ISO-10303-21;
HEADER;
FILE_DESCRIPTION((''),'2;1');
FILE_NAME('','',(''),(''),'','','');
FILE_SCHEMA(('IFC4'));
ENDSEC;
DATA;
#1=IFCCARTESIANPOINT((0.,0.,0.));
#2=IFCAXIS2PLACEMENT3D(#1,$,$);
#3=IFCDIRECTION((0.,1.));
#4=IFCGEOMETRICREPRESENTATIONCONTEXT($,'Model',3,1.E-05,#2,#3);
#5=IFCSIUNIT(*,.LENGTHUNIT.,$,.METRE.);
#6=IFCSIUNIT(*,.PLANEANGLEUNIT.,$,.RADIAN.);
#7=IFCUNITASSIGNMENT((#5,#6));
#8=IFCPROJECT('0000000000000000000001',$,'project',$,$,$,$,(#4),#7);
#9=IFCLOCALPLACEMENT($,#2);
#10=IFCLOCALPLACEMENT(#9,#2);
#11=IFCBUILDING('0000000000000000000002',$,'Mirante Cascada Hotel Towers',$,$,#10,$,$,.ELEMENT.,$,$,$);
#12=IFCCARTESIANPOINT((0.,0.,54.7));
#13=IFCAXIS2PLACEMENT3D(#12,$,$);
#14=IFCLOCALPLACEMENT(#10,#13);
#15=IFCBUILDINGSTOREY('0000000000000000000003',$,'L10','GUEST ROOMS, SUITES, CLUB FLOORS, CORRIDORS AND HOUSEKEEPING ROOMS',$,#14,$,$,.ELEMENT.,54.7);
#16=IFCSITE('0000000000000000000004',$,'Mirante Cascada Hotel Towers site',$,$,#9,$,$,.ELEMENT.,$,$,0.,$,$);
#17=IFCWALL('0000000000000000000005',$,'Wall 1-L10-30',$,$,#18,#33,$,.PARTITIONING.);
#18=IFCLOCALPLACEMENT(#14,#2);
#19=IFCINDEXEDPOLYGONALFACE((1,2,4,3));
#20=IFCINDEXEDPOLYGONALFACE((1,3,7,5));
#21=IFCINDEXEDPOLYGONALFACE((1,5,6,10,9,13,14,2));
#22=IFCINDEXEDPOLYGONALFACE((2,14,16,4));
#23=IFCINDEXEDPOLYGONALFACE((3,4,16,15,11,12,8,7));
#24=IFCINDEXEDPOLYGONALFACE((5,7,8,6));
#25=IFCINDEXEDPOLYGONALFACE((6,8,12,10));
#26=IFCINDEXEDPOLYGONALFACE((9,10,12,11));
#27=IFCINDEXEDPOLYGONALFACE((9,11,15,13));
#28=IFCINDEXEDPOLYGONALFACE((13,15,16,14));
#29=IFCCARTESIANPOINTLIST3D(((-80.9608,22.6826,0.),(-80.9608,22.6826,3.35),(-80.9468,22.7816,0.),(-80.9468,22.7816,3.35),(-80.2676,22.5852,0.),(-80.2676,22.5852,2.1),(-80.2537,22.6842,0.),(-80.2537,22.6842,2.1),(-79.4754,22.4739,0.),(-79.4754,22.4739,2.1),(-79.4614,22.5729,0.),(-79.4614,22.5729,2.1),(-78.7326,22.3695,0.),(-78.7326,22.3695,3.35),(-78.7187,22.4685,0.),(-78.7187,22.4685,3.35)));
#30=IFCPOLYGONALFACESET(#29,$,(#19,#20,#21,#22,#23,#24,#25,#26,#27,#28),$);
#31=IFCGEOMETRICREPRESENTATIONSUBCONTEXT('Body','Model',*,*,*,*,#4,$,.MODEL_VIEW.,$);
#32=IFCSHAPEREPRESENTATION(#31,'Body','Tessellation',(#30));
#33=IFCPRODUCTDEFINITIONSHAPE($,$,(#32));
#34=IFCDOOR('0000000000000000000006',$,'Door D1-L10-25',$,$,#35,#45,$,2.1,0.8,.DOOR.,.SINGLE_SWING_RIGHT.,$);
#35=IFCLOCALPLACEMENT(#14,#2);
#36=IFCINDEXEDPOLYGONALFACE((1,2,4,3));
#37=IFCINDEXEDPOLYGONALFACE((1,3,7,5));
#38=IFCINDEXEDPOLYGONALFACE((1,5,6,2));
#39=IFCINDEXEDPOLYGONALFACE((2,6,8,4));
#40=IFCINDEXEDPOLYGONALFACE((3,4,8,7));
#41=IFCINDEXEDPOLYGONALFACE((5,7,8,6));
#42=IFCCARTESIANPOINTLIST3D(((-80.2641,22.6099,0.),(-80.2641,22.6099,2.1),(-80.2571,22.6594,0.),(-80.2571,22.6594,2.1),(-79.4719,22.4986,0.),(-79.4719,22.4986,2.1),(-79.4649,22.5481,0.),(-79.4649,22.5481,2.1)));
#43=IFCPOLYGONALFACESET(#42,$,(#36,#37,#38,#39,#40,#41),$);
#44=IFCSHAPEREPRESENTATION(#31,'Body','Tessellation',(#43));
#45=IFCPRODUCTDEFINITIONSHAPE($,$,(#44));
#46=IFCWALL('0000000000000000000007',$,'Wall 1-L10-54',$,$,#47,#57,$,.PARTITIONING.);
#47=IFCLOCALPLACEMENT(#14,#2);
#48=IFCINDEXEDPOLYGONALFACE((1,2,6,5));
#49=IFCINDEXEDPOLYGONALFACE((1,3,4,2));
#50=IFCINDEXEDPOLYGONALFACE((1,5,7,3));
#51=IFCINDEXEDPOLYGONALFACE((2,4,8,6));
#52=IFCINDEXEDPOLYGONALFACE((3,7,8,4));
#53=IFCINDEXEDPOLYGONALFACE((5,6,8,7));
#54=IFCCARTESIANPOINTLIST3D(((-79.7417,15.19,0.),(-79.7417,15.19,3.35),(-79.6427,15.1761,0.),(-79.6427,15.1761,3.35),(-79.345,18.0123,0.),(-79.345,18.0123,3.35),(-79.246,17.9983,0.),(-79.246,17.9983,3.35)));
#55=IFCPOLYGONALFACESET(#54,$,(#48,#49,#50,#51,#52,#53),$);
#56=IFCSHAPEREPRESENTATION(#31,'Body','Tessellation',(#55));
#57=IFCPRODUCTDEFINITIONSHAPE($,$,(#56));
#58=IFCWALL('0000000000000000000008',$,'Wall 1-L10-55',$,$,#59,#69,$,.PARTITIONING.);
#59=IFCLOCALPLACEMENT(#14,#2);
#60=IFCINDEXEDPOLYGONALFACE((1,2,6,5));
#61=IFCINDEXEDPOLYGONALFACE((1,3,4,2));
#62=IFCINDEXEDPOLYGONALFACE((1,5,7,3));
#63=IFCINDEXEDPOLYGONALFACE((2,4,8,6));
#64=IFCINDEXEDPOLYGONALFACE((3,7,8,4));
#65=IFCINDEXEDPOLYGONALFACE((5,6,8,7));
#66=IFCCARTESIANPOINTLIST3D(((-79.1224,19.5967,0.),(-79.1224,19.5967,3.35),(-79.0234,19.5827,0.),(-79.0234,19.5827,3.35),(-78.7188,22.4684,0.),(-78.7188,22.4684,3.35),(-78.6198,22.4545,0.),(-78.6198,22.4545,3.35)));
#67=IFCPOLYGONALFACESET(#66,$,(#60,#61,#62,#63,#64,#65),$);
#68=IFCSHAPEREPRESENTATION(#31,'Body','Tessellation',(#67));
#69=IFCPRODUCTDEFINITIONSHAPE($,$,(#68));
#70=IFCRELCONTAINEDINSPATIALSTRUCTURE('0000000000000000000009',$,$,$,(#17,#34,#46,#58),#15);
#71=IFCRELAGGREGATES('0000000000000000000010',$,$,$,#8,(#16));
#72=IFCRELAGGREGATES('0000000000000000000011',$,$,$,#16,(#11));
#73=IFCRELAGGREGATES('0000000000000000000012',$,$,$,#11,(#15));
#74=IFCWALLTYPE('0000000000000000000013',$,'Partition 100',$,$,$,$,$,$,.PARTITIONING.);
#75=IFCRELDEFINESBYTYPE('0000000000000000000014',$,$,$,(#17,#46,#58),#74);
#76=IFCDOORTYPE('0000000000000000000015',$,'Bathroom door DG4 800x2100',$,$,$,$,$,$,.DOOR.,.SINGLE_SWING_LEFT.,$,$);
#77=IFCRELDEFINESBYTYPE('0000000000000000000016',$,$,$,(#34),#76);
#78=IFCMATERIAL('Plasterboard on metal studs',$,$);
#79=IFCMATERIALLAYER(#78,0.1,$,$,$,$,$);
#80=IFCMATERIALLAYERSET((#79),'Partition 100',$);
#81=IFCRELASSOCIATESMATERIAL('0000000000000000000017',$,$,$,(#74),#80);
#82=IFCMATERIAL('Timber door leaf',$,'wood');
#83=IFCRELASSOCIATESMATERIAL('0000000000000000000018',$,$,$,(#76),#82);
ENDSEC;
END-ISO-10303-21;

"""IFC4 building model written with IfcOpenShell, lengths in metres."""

from ifc_helpers import new_model, si_unit, direction, frame, frame_2d, origin, place, context, subcontext, project, spatial, rectangle, extrude, material, layer, layer_set, type_object, element, fill, save


model = new_model("IFC4")

# Units and contexts
model_context = context("Model", 3, precision=1e-05, world=origin(), true_north=direction((0.0, 1.0)))
body_context = subcontext(model_context, "Body", "Model", "MODEL_VIEW")
ifc_project = project(units=[si_unit("LENGTHUNIT", "METRE"), si_unit("PLANEANGLEUNIT", "RADIAN")], contexts=[model_context])

# Site, building, storey
site_placement = place(None, origin())
site = spatial("IfcSite", under=ifc_project, at=site_placement, Name="Mirante Cascada Hotel Towers site", CompositionType="ELEMENT", RefElevation=0.0)
building_placement = place(site_placement, origin())
building = spatial("IfcBuilding", under=site, at=building_placement, Name="Mirante Cascada Hotel Towers", CompositionType="ELEMENT")
storey_placement = place(building_placement, frame((0.0, 0.0, 54.7)))
storey = spatial("IfcBuildingStorey", under=building, at=storey_placement, Name="L10", Description="GUEST ROOMS, SUITES, CLUB FLOORS, CORRIDORS AND HOUSEKEEPING ROOMS", CompositionType="ELEMENT", Elevation=54.7)

# Shared definitions
ifc_material_1 = material(Name="Plasterboard on metal studs")
ifc_layer_1 = layer(ifc_material_1, 0.1)
ifc_layer_set_1 = layer_set([ifc_layer_1], Name="Partition 100")
wall_type_1 = type_object("IfcWallType", Name="Partition 100", PredefinedType="PARTITIONING", material=ifc_layer_set_1)
ifc_material_2 = material(Name="Timber door leaf", Category="wood")
door_type = type_object("IfcDoorType", Name="Bathroom door DG4 800x2100", OperationType="SINGLE_SWING_LEFT", PredefinedType="DOOR", material=ifc_material_2)

# Wall, opening, door
wall_1_placement = place(storey_placement, frame((-80.9538, 22.7321, 0.0), z_axis=(0.0, 0.0, 1.0), x_axis=(0.990271, -0.139156, 0.0)))
wall_1 = element("IfcWall", 1, at=wall_1_placement, inside=storey, type_object=wall_type_1, Name="Wall 1-L10-30", PredefinedType="PARTITIONING", context=body_context, shape_type="SweptSolid", body=[
    extrude(rectangle(XDim=2.25, YDim=0.1, at=frame_2d((1.125, 0.0))), origin(), (0.0, 0.0, 1.0), 3.35),
])
opening_1_placement = place(wall_1_placement, frame((0.7, 0.0, 0.0)))
opening_1 = element("IfcOpeningElement", 2, at=opening_1_placement, cuts=wall_1, PredefinedType="OPENING", context=body_context, shape_type="SweptSolid", body=[
    extrude(rectangle(XDim=0.8, YDim=2.1, at=frame_2d((0.4, 1.05))), frame((0.0, 0.05, 0.0), z_axis=(0.0, -1.0, 0.0), x_axis=(1.0, 0.0, 0.0)), (0.0, 0.0, 1.0), 0.1),
])
door_1_placement = place(opening_1_placement, frame((0.8, 0.0, 0.0), z_axis=(0.0, 0.0, 1.0), x_axis=(-1.0, 0.0, 0.0)))
door_1 = element("IfcDoor", 3, at=door_1_placement, inside=storey, type_object=door_type, Name="Door D1-L10-25", OperationType="SINGLE_SWING_RIGHT", OverallHeight=2.1, OverallWidth=0.8, PredefinedType="DOOR", context=body_context, shape_type="SweptSolid", body=[
    extrude(rectangle(XDim=0.8, YDim=2.1, at=frame_2d((0.4, 1.05))), frame((0.0, 0.025, 0.0), z_axis=(0.0, -1.0, 0.0), x_axis=(1.0, 0.0, 0.0)), (0.0, 0.0, 1.0), 0.05),
])
fill(opening_1, door_1)

# Walls
wall_2_placement = place(storey_placement, frame((-79.2955, 18.0053, 0.0), z_axis=(0.0, 0.0, 1.0), x_axis=(-0.139191, -0.990266, 0.0)))
element("IfcWall", 4, at=wall_2_placement, inside=storey, type_object=wall_type_1, Name="Wall 1-L10-54", PredefinedType="PARTITIONING", context=body_context, shape_type="SweptSolid", body=[
    extrude(rectangle(XDim=2.85, YDim=0.1, at=frame_2d((1.425, 0.0))), origin(), (0.0, 0.0, 1.0), 3.35),
])
wall_3_placement = place(storey_placement, frame((-79.0729, 19.5897, 0.0), z_axis=(0.0, 0.0, 1.0), x_axis=(0.139171, 0.990268, 0.0)))
element("IfcWall", 5, at=wall_3_placement, inside=storey, type_object=wall_type_1, Name="Wall 1-L10-55", PredefinedType="PARTITIONING", context=body_context, shape_type="SweptSolid", body=[
    extrude(rectangle(XDim=2.9, YDim=0.1, at=frame_2d((1.45, 0.0))), origin(), (0.0, 0.0, 1.0), 3.35),
])

save(model, "model.ifc")
